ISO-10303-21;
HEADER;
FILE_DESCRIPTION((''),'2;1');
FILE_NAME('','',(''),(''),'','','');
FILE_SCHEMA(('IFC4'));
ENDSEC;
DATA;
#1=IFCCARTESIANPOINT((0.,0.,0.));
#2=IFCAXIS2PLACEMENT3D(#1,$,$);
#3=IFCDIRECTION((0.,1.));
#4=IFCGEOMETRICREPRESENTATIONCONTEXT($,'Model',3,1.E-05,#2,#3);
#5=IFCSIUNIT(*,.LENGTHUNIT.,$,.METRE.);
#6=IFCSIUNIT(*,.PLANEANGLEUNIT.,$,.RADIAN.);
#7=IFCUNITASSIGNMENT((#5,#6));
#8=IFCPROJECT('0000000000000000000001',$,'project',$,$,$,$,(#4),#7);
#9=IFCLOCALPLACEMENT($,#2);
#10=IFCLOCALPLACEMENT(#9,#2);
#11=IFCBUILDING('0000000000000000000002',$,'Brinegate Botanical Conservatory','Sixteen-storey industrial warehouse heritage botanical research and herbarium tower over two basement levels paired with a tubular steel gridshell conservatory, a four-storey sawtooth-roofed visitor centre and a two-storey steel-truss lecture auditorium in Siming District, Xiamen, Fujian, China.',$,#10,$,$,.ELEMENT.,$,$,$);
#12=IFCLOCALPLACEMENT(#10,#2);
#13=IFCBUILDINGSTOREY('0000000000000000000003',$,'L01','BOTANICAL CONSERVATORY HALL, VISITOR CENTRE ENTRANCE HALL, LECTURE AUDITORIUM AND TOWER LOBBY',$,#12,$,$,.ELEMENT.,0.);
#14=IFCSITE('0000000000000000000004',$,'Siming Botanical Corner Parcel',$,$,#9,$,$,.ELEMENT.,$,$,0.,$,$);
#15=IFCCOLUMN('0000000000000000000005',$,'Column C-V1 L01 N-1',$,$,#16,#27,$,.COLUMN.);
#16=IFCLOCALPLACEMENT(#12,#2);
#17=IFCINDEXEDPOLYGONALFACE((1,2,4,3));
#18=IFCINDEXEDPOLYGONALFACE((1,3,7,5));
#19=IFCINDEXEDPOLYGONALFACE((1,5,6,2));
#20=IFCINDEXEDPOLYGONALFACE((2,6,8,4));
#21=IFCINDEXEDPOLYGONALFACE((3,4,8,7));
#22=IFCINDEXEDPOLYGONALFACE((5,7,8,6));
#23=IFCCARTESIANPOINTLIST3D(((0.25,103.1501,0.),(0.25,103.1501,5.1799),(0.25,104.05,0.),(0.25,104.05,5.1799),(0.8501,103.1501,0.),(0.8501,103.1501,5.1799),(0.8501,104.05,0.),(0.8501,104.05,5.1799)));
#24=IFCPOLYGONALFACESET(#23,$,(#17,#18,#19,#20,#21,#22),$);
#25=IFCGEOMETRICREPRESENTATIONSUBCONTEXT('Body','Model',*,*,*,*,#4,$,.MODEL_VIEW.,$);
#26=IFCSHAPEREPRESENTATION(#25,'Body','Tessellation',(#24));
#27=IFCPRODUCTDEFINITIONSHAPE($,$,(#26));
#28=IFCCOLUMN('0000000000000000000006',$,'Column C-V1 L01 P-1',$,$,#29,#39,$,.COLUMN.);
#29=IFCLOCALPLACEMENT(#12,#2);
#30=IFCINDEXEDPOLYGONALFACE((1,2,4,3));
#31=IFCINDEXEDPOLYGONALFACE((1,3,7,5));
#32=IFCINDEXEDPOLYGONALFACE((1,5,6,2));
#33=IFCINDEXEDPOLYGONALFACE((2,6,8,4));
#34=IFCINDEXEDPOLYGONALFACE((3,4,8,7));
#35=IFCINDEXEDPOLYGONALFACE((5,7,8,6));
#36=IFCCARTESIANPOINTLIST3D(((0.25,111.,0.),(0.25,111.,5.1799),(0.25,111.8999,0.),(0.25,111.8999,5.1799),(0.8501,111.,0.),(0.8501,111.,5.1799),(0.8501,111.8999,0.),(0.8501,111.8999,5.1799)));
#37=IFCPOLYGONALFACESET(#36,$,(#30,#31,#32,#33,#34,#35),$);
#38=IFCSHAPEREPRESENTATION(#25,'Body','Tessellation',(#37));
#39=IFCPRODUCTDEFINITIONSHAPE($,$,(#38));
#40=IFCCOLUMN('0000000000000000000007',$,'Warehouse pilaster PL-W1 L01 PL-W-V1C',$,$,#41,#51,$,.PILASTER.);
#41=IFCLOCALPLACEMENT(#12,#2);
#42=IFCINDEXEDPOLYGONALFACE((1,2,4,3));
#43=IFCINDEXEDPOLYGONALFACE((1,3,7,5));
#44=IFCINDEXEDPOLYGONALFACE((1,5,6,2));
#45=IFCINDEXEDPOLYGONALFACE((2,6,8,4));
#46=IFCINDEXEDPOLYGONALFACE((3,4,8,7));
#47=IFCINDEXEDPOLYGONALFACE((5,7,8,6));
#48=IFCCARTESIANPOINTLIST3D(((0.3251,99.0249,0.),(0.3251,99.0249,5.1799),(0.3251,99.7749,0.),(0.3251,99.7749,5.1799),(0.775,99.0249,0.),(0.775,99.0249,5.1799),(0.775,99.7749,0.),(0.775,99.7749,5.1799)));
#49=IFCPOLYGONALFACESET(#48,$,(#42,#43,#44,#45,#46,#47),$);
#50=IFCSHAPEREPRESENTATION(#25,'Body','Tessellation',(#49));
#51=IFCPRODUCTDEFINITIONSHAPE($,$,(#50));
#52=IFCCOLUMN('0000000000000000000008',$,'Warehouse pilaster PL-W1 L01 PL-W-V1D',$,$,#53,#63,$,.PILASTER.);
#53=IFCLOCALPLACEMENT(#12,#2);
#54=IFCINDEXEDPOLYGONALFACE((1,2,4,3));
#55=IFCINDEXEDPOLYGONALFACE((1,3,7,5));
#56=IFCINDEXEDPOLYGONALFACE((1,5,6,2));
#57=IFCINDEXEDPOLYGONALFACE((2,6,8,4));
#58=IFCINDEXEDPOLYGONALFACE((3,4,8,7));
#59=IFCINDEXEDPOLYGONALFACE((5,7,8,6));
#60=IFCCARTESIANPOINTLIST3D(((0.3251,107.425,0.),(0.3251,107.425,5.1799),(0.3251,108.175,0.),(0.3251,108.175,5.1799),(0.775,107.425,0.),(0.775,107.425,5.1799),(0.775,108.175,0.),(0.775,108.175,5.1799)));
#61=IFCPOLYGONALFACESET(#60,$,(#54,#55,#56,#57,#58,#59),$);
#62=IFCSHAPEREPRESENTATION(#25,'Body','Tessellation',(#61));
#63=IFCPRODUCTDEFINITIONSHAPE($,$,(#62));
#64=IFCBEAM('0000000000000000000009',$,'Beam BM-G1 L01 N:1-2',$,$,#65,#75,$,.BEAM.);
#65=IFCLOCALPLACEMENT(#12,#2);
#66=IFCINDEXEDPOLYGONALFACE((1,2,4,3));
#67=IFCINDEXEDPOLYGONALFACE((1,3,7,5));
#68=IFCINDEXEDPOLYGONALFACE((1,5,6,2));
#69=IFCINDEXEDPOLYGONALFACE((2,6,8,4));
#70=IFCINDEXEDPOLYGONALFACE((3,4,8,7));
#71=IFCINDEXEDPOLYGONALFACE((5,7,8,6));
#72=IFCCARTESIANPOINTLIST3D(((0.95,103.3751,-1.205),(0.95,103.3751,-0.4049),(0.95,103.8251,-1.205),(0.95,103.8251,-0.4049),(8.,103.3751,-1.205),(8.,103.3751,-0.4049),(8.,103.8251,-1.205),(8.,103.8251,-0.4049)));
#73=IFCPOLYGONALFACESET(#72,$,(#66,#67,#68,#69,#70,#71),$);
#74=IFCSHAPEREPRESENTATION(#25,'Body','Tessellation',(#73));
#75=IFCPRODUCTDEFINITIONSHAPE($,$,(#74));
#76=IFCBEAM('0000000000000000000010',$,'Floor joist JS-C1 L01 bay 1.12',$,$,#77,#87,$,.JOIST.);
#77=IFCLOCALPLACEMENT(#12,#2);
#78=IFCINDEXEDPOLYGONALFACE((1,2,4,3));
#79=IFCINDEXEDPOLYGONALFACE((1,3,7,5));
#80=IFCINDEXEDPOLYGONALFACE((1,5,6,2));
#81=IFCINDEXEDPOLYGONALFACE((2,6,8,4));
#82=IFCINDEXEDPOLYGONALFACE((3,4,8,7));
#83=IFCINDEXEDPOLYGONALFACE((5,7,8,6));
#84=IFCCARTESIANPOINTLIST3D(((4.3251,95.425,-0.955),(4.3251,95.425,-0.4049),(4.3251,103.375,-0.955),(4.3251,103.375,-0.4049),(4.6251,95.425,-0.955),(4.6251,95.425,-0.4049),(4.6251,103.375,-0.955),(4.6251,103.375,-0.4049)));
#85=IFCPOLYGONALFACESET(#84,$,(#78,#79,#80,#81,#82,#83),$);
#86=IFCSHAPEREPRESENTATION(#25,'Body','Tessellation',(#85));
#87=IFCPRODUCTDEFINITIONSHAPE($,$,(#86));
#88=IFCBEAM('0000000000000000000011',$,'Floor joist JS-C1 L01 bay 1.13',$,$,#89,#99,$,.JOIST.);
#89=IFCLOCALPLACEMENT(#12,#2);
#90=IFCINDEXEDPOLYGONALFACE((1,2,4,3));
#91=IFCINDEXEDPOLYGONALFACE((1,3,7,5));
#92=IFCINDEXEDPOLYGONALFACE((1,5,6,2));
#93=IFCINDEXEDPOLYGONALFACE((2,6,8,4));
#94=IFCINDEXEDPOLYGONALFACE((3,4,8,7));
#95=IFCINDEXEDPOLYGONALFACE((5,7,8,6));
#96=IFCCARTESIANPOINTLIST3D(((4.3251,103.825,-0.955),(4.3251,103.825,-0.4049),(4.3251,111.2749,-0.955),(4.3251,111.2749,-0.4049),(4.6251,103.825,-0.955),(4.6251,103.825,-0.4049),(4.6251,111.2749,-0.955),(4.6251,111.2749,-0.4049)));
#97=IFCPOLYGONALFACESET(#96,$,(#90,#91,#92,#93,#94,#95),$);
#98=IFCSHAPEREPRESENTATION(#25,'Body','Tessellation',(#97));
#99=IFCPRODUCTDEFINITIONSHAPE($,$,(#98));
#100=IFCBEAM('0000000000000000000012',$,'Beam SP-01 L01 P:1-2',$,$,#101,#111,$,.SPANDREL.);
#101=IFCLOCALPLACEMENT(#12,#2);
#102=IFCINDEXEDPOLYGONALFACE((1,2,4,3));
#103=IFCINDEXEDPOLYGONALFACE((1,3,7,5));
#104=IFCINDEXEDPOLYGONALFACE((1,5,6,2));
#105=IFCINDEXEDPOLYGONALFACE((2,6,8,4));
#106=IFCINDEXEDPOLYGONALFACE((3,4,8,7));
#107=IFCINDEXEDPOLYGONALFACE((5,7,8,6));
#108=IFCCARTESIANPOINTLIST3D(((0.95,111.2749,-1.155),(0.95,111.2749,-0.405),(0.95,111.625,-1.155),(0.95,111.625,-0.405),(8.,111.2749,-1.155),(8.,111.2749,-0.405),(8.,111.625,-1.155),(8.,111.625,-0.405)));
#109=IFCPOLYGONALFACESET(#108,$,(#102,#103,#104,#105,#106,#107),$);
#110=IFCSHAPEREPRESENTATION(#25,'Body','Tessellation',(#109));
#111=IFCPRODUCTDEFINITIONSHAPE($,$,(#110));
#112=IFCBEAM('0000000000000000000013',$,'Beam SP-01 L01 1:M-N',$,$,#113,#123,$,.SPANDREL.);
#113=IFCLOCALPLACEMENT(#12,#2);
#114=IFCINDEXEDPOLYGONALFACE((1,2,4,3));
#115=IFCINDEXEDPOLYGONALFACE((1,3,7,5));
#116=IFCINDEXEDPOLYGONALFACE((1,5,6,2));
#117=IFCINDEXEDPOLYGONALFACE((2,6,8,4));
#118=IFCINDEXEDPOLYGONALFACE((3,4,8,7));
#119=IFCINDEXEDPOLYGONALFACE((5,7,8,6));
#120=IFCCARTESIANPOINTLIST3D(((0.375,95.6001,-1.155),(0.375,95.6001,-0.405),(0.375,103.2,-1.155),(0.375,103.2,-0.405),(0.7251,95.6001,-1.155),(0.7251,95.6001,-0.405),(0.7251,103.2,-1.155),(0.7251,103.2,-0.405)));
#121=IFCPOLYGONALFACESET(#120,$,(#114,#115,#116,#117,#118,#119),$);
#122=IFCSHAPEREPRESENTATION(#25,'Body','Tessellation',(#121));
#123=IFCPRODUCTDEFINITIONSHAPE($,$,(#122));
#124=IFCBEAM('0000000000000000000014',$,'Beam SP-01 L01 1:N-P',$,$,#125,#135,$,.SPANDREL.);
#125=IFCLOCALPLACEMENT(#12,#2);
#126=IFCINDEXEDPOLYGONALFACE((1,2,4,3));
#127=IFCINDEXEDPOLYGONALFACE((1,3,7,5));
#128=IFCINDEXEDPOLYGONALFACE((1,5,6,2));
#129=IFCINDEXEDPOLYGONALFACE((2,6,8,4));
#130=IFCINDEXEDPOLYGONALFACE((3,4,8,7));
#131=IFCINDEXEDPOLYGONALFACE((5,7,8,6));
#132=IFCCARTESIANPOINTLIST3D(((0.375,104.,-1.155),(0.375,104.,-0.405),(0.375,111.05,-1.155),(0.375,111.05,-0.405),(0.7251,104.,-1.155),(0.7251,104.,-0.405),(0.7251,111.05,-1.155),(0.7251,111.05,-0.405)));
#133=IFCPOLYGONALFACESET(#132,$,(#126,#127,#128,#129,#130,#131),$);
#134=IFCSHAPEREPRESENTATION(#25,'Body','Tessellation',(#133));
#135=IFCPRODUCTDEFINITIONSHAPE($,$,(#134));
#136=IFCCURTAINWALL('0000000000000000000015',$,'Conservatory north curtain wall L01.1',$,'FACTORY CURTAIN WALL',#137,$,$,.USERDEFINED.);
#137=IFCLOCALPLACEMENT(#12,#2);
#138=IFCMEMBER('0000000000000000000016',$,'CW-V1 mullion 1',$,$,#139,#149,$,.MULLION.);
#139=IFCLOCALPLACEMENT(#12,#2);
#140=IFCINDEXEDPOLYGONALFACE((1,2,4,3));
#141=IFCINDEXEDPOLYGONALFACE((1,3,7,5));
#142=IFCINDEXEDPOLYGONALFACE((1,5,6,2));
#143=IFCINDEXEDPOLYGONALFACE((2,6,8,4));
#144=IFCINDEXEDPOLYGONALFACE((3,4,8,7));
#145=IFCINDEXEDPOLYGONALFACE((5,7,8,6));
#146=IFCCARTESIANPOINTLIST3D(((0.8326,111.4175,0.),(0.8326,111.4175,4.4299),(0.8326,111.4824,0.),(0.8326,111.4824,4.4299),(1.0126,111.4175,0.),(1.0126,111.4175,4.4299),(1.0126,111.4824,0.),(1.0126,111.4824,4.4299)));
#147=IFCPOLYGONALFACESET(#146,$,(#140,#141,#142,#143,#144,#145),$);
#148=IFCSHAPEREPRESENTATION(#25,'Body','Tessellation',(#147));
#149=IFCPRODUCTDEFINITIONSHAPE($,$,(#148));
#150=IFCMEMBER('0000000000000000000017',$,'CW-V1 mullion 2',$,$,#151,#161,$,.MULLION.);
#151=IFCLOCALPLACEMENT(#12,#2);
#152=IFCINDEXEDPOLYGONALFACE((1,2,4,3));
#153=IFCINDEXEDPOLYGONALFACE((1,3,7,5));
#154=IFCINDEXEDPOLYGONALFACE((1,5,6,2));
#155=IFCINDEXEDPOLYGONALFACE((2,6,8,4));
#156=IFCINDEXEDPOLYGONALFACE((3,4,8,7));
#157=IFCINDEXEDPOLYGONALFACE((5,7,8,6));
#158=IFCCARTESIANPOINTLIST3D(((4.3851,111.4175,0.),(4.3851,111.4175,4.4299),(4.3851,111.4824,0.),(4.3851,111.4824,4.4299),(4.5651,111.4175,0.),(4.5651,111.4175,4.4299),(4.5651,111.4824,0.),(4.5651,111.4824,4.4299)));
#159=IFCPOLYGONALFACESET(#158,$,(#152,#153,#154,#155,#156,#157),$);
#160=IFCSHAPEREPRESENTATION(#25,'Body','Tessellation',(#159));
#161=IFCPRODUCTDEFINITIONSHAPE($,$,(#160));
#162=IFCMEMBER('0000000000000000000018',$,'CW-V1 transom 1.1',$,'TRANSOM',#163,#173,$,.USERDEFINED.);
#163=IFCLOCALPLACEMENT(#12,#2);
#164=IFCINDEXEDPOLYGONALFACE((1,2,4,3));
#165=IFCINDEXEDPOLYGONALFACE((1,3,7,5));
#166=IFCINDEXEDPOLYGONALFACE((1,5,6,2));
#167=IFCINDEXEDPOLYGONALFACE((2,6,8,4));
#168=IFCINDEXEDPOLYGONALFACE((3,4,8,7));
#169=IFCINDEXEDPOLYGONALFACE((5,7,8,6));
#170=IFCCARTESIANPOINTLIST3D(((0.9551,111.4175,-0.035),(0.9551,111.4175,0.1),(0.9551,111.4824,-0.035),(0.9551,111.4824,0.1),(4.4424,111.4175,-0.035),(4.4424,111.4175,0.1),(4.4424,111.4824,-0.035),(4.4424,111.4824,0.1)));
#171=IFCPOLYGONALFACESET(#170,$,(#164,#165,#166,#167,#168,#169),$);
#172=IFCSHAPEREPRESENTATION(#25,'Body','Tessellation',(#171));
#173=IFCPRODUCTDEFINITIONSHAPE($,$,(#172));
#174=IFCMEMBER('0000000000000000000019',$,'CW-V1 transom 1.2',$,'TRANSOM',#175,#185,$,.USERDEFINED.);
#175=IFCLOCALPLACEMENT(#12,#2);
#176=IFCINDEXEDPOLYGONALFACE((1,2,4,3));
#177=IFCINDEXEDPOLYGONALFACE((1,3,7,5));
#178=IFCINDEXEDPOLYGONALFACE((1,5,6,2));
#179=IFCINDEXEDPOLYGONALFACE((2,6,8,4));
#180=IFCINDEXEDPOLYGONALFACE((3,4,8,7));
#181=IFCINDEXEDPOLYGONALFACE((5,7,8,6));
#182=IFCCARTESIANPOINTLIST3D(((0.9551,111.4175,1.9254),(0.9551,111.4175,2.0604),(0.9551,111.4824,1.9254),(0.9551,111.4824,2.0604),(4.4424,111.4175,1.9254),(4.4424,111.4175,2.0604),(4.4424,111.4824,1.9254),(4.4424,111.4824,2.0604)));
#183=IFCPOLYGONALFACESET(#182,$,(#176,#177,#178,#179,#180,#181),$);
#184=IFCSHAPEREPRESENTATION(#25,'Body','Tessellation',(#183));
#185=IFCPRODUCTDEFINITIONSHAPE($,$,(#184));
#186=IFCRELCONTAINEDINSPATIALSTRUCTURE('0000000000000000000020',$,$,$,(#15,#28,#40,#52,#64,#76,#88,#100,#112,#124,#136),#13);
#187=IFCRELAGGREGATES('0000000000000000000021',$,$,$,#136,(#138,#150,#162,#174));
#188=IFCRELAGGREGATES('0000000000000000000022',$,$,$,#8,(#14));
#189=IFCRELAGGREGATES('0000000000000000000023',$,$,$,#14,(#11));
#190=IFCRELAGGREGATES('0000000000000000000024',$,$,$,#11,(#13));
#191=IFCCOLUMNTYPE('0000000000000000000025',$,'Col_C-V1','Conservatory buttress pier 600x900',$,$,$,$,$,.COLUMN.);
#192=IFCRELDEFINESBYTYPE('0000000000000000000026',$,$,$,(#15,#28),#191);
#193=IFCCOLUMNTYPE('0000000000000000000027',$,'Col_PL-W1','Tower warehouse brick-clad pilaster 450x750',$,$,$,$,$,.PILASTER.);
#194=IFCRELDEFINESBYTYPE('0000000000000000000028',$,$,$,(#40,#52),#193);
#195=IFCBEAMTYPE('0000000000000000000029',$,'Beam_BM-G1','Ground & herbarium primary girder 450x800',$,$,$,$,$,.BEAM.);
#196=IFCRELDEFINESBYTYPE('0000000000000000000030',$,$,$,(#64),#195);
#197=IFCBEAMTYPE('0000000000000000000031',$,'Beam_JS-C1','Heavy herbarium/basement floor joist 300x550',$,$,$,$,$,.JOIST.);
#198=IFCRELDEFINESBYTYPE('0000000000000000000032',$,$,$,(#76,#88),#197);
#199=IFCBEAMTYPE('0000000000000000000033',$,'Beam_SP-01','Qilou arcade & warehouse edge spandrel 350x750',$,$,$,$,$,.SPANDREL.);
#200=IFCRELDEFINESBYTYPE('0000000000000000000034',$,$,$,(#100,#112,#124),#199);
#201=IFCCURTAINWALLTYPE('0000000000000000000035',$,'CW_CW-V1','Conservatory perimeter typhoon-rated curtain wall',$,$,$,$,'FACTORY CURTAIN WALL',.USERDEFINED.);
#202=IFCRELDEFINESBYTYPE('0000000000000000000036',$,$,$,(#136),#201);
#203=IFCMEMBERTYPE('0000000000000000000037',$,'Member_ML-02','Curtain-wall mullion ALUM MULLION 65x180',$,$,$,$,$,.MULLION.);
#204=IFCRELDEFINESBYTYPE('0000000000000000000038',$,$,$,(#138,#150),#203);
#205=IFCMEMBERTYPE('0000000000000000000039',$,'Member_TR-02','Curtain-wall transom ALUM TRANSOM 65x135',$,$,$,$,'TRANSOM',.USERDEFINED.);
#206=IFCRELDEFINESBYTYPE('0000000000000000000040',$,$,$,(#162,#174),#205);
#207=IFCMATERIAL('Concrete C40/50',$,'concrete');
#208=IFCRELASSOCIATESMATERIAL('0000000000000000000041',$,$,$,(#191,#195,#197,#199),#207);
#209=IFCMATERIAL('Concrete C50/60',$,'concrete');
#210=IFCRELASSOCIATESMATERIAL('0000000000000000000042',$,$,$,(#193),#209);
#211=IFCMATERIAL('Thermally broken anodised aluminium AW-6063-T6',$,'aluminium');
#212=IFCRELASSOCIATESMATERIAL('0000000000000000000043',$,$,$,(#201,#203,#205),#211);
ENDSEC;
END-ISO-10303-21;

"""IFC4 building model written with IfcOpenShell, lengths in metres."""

from ifc_helpers import new_model, si_unit, direction, frame, origin, origin_2d, place, context, subcontext, project, spatial, rectangle, extrude, material, material_profile, profile_set, type_object, element, aggregate, save


model = new_model("IFC4")

# Units and contexts
model_context = context("Model", 3, precision=1e-05, world=origin(), true_north=direction((0.0, 1.0)))
body_context = subcontext(model_context, "Body", "Model", "MODEL_VIEW")
ifc_project = project(units=[si_unit("LENGTHUNIT", "METRE"), si_unit("PLANEANGLEUNIT", "RADIAN")], contexts=[model_context])

# Site, building, storey
site_placement = place(None, origin())
site = spatial("IfcSite", under=ifc_project, at=site_placement, Name="Siming Botanical Corner Parcel", CompositionType="ELEMENT", RefElevation=0.0)
building_placement = place(site_placement, origin())
building = spatial("IfcBuilding", under=site, at=building_placement, Name="Brinegate Botanical Conservatory", Description="Sixteen-storey industrial warehouse heritage botanical research and herbarium tower over two basement levels paired with a tubular steel gridshell conservatory, a four-storey sawtooth-roofed visitor centre and a two-storey steel-truss lecture auditorium in Siming District, Xiamen, Fujian, China.", CompositionType="ELEMENT")
storey_placement = place(building_placement, origin())
storey = spatial("IfcBuildingStorey", under=building, at=storey_placement, Name="L01", Description="BOTANICAL CONSERVATORY HALL, VISITOR CENTRE ENTRANCE HALL, LECTURE AUDITORIUM AND TOWER LOBBY", CompositionType="ELEMENT", Elevation=0.0)

# Columns
ifc_material_1 = material(Name="Concrete C40/50", Category="concrete")
ifc_material_profile_1 = material_profile(ifc_material_1, rectangle(XDim=0.6001, YDim=0.8999, at=origin_2d()), Name="RC PIER 600x900")
ifc_profile_set_1 = profile_set([ifc_material_profile_1], Name="Concrete C40/50")
column_type_1 = type_object("IfcColumnType", Name="Col_C-V1", Description="Conservatory buttress pier 600x900", PredefinedType="COLUMN", material=ifc_profile_set_1)
for number, where, z_axis, x_axis, name in (
    (1, (0.55, 103.6001, 0.0), (0.0, 0.0, 1.0), (1.0, 0.0, 0.0), "Column C-V1 L01 N-1"),
    (2, (0.55, 111.45, 0.0), (0.0, 0.0, 1.0), (1.0, 0.0, 0.0), "Column C-V1 L01 P-1"),
):
    element("IfcColumn", number, at=place(storey_placement, frame(where, z_axis=z_axis, x_axis=x_axis)), inside=storey, type_object=column_type_1, Name=name, PredefinedType="COLUMN", context=body_context, shape_type="SweptSolid", body=[
        extrude(rectangle(XDim=0.6001, YDim=0.8999, at=origin_2d()), origin(), (0.0, 0.0, 1.0), 5.1799),
    ])
ifc_material_2 = material(Name="Concrete C50/60", Category="concrete")
ifc_material_profile_2 = material_profile(ifc_material_2, rectangle(XDim=0.45, YDim=0.75, at=origin_2d()), Name="RC PILASTER 450x750")
ifc_profile_set_2 = profile_set([ifc_material_profile_2], Name="Concrete C50/60")
column_type_2 = type_object("IfcColumnType", Name="Col_PL-W1", Description="Tower warehouse brick-clad pilaster 450x750", PredefinedType="PILASTER", material=ifc_profile_set_2)
for number, where, z_axis, x_axis, name in (
    (3, (0.55, 99.3999, 0.0), (0.0, 0.0, 1.0), (1.0, 0.0, 0.0), "Warehouse pilaster PL-W1 L01 PL-W-V1C"),
    (4, (0.55, 107.8, 0.0), (0.0, 0.0, 1.0), (1.0, 0.0, 0.0), "Warehouse pilaster PL-W1 L01 PL-W-V1D"),
):
    element("IfcColumn", number, at=place(storey_placement, frame(where, z_axis=z_axis, x_axis=x_axis)), inside=storey, type_object=column_type_2, Name=name, PredefinedType="PILASTER", context=body_context, shape_type="SweptSolid", body=[
        extrude(rectangle(XDim=0.45, YDim=0.75, at=origin_2d()), origin(), (0.0, 0.0, 1.0), 5.1799),
    ])

# Beams
ifc_material_profile_3 = material_profile(ifc_material_1, rectangle(XDim=0.45, YDim=0.8, at=origin_2d()), Name="RC BM 450x800")
ifc_profile_set_3 = profile_set([ifc_material_profile_3], Name="Concrete C40/50")
beam_type_1 = type_object("IfcBeamType", Name="Beam_BM-G1", Description="Ground & herbarium primary girder 450x800", PredefinedType="BEAM", material=ifc_profile_set_3)
beam_1_placement = place(storey_placement, frame((0.95, 103.6001, -0.8049), z_axis=(1.0, 0.0, 0.0), x_axis=(0.0, 1.0, 0.0)))
element("IfcBeam", 5, at=beam_1_placement, inside=storey, type_object=beam_type_1, Name="Beam BM-G1 L01 N:1-2", PredefinedType="BEAM", context=body_context, shape_type="SweptSolid", body=[
    extrude(rectangle(XDim=0.45, YDim=0.8, at=origin_2d()), origin(), (0.0, 0.0, 1.0), 7.05),
])
ifc_material_profile_4 = material_profile(ifc_material_1, rectangle(XDim=0.3, YDim=0.55, at=origin_2d()), Name="RC JST 300x550")
ifc_profile_set_4 = profile_set([ifc_material_profile_4], Name="Concrete C40/50")
beam_type_2 = type_object("IfcBeamType", Name="Beam_JS-C1", Description="Heavy herbarium/basement floor joist 300x550", PredefinedType="JOIST", material=ifc_profile_set_4)
beam_2_placement = place(storey_placement, frame((4.4751, 95.425, -0.6799), z_axis=(0.0, 1.0, 0.0), x_axis=(-1.0, 0.0, 0.0)))
element("IfcBeam", 6, at=beam_2_placement, inside=storey, type_object=beam_type_2, Name="Floor joist JS-C1 L01 bay 1.12", PredefinedType="JOIST", context=body_context, shape_type="SweptSolid", body=[
    extrude(rectangle(XDim=0.3, YDim=0.55, at=origin_2d()), origin(), (0.0, 0.0, 1.0), 7.95),
])
beam_3_placement = place(storey_placement, frame((4.4751, 103.825, -0.6799), z_axis=(0.0, 1.0, 0.0), x_axis=(-1.0, 0.0, 0.0)))
element("IfcBeam", 7, at=beam_3_placement, inside=storey, type_object=beam_type_2, Name="Floor joist JS-C1 L01 bay 1.13", PredefinedType="JOIST", context=body_context, shape_type="SweptSolid", body=[
    extrude(rectangle(XDim=0.3, YDim=0.55, at=origin_2d()), origin(), (0.0, 0.0, 1.0), 7.45),
])
ifc_material_profile_5 = material_profile(ifc_material_1, rectangle(XDim=0.3501, YDim=0.75, at=origin_2d()), Name="RC SPN 350x750")
ifc_profile_set_5 = profile_set([ifc_material_profile_5], Name="Concrete C40/50")
beam_type_3 = type_object("IfcBeamType", Name="Beam_SP-01", Description="Qilou arcade & warehouse edge spandrel 350x750", PredefinedType="SPANDREL", material=ifc_profile_set_5)
beam_4_placement = place(storey_placement, frame((0.95, 111.45, -0.78), z_axis=(1.0, 0.0, 0.0), x_axis=(0.0, 1.0, 0.0)))
element("IfcBeam", 8, at=beam_4_placement, inside=storey, type_object=beam_type_3, Name="Beam SP-01 L01 P:1-2", PredefinedType="SPANDREL", context=body_context, shape_type="SweptSolid", body=[
    extrude(rectangle(XDim=0.3501, YDim=0.75, at=origin_2d()), origin(), (0.0, 0.0, 1.0), 7.05),
])
beam_5_placement = place(storey_placement, frame((0.55, 95.6001, -0.78), z_axis=(0.0, 1.0, 0.0), x_axis=(-1.0, 0.0, 0.0)))
element("IfcBeam", 9, at=beam_5_placement, inside=storey, type_object=beam_type_3, Name="Beam SP-01 L01 1:M-N", PredefinedType="SPANDREL", context=body_context, shape_type="SweptSolid", body=[
    extrude(rectangle(XDim=0.3501, YDim=0.75, at=origin_2d()), origin(), (0.0, 0.0, 1.0), 7.5999),
])
beam_6_placement = place(storey_placement, frame((0.55, 104.0, -0.78), z_axis=(0.0, 1.0, 0.0), x_axis=(-1.0, 0.0, 0.0)))
element("IfcBeam", 10, at=beam_6_placement, inside=storey, type_object=beam_type_3, Name="Beam SP-01 L01 1:N-P", PredefinedType="SPANDREL", context=body_context, shape_type="SweptSolid", body=[
    extrude(rectangle(XDim=0.3501, YDim=0.75, at=origin_2d()), origin(), (0.0, 0.0, 1.0), 7.05),
])

# Curtain wall, members
ifc_material_3 = material(Name="Thermally broken anodised aluminium AW-6063-T6", Category="aluminium")
curtain_wall_type = type_object("IfcCurtainWallType", Name="CW_CW-V1", Description="Conservatory perimeter typhoon-rated curtain wall", ElementType="FACTORY CURTAIN WALL", PredefinedType="USERDEFINED", material=ifc_material_3)
curtain_wall_placement = place(storey_placement, origin())
curtain_wall = element("IfcCurtainWall", 11, at=curtain_wall_placement, inside=storey, type_object=curtain_wall_type, Name="Conservatory north curtain wall L01.1", ObjectType="FACTORY CURTAIN WALL", PredefinedType="USERDEFINED")
ifc_material_profile_6 = material_profile(ifc_material_3, rectangle(XDim=0.0649, YDim=0.1799, at=origin_2d()), Name="ALUM MULLION 65x180")
ifc_profile_set_6 = profile_set([ifc_material_profile_6], Name="Thermally broken anodised aluminium AW-6063-T6")
member_type_1 = type_object("IfcMemberType", Name="Member_ML-02", Description="Curtain-wall mullion ALUM MULLION 65x180", PredefinedType="MULLION", material=ifc_profile_set_6)
member_1_placement = place(storey_placement, frame((0.9226, 111.45, 0.0), z_axis=(0.0, 0.0, 1.0), x_axis=(0.0, 1.0, 0.0)))
member_1 = element("IfcMember", 12, at=member_1_placement, type_object=member_type_1, Name="CW-V1 mullion 1", PredefinedType="MULLION", context=body_context, shape_type="SweptSolid", body=[
    extrude(rectangle(XDim=0.0649, YDim=0.1799, at=origin_2d()), origin(), (0.0, 0.0, 1.0), 4.4299),
])
member_2_placement = place(storey_placement, frame((4.4751, 111.45, 0.0), z_axis=(0.0, 0.0, 1.0), x_axis=(0.0, 1.0, 0.0)))
member_2 = element("IfcMember", 13, at=member_2_placement, type_object=member_type_1, Name="CW-V1 mullion 2", PredefinedType="MULLION", context=body_context, shape_type="SweptSolid", body=[
    extrude(rectangle(XDim=0.0649, YDim=0.1799, at=origin_2d()), origin(), (0.0, 0.0, 1.0), 4.4299),
])
ifc_material_profile_7 = material_profile(ifc_material_3, rectangle(XDim=0.0649, YDim=0.135, at=origin_2d()), Name="ALUM TRANSOM 65x135")
ifc_profile_set_7 = profile_set([ifc_material_profile_7], Name="Thermally broken anodised aluminium AW-6063-T6")
member_type_2 = type_object("IfcMemberType", Name="Member_TR-02", Description="Curtain-wall transom ALUM TRANSOM 65x135", ElementType="TRANSOM", PredefinedType="USERDEFINED", material=ifc_profile_set_7)
member_3_placement = place(storey_placement, frame((0.9551, 111.45, 0.0325), z_axis=(1.0, 0.0, 0.0), x_axis=(0.0, 1.0, 0.0)))
member_3 = element("IfcMember", 14, at=member_3_placement, type_object=member_type_2, Name="CW-V1 transom 1.1", ObjectType="TRANSOM", PredefinedType="USERDEFINED", context=body_context, shape_type="SweptSolid", body=[
    extrude(rectangle(XDim=0.0649, YDim=0.135, at=origin_2d()), origin(), (0.0, 0.0, 1.0), 3.4873),
])
member_4_placement = place(storey_placement, frame((0.9551, 111.45, 1.9929), z_axis=(1.0, 0.0, 0.0), x_axis=(0.0, 1.0, 0.0)))
member_4 = element("IfcMember", 15, at=member_4_placement, type_object=member_type_2, Name="CW-V1 transom 1.2", ObjectType="TRANSOM", PredefinedType="USERDEFINED", context=body_context, shape_type="SweptSolid", body=[
    extrude(rectangle(XDim=0.0649, YDim=0.135, at=origin_2d()), origin(), (0.0, 0.0, 1.0), 3.4873),
])
aggregate(curtain_wall, [member_1, member_2, member_3, member_4])

save(model, "model.ifc")
